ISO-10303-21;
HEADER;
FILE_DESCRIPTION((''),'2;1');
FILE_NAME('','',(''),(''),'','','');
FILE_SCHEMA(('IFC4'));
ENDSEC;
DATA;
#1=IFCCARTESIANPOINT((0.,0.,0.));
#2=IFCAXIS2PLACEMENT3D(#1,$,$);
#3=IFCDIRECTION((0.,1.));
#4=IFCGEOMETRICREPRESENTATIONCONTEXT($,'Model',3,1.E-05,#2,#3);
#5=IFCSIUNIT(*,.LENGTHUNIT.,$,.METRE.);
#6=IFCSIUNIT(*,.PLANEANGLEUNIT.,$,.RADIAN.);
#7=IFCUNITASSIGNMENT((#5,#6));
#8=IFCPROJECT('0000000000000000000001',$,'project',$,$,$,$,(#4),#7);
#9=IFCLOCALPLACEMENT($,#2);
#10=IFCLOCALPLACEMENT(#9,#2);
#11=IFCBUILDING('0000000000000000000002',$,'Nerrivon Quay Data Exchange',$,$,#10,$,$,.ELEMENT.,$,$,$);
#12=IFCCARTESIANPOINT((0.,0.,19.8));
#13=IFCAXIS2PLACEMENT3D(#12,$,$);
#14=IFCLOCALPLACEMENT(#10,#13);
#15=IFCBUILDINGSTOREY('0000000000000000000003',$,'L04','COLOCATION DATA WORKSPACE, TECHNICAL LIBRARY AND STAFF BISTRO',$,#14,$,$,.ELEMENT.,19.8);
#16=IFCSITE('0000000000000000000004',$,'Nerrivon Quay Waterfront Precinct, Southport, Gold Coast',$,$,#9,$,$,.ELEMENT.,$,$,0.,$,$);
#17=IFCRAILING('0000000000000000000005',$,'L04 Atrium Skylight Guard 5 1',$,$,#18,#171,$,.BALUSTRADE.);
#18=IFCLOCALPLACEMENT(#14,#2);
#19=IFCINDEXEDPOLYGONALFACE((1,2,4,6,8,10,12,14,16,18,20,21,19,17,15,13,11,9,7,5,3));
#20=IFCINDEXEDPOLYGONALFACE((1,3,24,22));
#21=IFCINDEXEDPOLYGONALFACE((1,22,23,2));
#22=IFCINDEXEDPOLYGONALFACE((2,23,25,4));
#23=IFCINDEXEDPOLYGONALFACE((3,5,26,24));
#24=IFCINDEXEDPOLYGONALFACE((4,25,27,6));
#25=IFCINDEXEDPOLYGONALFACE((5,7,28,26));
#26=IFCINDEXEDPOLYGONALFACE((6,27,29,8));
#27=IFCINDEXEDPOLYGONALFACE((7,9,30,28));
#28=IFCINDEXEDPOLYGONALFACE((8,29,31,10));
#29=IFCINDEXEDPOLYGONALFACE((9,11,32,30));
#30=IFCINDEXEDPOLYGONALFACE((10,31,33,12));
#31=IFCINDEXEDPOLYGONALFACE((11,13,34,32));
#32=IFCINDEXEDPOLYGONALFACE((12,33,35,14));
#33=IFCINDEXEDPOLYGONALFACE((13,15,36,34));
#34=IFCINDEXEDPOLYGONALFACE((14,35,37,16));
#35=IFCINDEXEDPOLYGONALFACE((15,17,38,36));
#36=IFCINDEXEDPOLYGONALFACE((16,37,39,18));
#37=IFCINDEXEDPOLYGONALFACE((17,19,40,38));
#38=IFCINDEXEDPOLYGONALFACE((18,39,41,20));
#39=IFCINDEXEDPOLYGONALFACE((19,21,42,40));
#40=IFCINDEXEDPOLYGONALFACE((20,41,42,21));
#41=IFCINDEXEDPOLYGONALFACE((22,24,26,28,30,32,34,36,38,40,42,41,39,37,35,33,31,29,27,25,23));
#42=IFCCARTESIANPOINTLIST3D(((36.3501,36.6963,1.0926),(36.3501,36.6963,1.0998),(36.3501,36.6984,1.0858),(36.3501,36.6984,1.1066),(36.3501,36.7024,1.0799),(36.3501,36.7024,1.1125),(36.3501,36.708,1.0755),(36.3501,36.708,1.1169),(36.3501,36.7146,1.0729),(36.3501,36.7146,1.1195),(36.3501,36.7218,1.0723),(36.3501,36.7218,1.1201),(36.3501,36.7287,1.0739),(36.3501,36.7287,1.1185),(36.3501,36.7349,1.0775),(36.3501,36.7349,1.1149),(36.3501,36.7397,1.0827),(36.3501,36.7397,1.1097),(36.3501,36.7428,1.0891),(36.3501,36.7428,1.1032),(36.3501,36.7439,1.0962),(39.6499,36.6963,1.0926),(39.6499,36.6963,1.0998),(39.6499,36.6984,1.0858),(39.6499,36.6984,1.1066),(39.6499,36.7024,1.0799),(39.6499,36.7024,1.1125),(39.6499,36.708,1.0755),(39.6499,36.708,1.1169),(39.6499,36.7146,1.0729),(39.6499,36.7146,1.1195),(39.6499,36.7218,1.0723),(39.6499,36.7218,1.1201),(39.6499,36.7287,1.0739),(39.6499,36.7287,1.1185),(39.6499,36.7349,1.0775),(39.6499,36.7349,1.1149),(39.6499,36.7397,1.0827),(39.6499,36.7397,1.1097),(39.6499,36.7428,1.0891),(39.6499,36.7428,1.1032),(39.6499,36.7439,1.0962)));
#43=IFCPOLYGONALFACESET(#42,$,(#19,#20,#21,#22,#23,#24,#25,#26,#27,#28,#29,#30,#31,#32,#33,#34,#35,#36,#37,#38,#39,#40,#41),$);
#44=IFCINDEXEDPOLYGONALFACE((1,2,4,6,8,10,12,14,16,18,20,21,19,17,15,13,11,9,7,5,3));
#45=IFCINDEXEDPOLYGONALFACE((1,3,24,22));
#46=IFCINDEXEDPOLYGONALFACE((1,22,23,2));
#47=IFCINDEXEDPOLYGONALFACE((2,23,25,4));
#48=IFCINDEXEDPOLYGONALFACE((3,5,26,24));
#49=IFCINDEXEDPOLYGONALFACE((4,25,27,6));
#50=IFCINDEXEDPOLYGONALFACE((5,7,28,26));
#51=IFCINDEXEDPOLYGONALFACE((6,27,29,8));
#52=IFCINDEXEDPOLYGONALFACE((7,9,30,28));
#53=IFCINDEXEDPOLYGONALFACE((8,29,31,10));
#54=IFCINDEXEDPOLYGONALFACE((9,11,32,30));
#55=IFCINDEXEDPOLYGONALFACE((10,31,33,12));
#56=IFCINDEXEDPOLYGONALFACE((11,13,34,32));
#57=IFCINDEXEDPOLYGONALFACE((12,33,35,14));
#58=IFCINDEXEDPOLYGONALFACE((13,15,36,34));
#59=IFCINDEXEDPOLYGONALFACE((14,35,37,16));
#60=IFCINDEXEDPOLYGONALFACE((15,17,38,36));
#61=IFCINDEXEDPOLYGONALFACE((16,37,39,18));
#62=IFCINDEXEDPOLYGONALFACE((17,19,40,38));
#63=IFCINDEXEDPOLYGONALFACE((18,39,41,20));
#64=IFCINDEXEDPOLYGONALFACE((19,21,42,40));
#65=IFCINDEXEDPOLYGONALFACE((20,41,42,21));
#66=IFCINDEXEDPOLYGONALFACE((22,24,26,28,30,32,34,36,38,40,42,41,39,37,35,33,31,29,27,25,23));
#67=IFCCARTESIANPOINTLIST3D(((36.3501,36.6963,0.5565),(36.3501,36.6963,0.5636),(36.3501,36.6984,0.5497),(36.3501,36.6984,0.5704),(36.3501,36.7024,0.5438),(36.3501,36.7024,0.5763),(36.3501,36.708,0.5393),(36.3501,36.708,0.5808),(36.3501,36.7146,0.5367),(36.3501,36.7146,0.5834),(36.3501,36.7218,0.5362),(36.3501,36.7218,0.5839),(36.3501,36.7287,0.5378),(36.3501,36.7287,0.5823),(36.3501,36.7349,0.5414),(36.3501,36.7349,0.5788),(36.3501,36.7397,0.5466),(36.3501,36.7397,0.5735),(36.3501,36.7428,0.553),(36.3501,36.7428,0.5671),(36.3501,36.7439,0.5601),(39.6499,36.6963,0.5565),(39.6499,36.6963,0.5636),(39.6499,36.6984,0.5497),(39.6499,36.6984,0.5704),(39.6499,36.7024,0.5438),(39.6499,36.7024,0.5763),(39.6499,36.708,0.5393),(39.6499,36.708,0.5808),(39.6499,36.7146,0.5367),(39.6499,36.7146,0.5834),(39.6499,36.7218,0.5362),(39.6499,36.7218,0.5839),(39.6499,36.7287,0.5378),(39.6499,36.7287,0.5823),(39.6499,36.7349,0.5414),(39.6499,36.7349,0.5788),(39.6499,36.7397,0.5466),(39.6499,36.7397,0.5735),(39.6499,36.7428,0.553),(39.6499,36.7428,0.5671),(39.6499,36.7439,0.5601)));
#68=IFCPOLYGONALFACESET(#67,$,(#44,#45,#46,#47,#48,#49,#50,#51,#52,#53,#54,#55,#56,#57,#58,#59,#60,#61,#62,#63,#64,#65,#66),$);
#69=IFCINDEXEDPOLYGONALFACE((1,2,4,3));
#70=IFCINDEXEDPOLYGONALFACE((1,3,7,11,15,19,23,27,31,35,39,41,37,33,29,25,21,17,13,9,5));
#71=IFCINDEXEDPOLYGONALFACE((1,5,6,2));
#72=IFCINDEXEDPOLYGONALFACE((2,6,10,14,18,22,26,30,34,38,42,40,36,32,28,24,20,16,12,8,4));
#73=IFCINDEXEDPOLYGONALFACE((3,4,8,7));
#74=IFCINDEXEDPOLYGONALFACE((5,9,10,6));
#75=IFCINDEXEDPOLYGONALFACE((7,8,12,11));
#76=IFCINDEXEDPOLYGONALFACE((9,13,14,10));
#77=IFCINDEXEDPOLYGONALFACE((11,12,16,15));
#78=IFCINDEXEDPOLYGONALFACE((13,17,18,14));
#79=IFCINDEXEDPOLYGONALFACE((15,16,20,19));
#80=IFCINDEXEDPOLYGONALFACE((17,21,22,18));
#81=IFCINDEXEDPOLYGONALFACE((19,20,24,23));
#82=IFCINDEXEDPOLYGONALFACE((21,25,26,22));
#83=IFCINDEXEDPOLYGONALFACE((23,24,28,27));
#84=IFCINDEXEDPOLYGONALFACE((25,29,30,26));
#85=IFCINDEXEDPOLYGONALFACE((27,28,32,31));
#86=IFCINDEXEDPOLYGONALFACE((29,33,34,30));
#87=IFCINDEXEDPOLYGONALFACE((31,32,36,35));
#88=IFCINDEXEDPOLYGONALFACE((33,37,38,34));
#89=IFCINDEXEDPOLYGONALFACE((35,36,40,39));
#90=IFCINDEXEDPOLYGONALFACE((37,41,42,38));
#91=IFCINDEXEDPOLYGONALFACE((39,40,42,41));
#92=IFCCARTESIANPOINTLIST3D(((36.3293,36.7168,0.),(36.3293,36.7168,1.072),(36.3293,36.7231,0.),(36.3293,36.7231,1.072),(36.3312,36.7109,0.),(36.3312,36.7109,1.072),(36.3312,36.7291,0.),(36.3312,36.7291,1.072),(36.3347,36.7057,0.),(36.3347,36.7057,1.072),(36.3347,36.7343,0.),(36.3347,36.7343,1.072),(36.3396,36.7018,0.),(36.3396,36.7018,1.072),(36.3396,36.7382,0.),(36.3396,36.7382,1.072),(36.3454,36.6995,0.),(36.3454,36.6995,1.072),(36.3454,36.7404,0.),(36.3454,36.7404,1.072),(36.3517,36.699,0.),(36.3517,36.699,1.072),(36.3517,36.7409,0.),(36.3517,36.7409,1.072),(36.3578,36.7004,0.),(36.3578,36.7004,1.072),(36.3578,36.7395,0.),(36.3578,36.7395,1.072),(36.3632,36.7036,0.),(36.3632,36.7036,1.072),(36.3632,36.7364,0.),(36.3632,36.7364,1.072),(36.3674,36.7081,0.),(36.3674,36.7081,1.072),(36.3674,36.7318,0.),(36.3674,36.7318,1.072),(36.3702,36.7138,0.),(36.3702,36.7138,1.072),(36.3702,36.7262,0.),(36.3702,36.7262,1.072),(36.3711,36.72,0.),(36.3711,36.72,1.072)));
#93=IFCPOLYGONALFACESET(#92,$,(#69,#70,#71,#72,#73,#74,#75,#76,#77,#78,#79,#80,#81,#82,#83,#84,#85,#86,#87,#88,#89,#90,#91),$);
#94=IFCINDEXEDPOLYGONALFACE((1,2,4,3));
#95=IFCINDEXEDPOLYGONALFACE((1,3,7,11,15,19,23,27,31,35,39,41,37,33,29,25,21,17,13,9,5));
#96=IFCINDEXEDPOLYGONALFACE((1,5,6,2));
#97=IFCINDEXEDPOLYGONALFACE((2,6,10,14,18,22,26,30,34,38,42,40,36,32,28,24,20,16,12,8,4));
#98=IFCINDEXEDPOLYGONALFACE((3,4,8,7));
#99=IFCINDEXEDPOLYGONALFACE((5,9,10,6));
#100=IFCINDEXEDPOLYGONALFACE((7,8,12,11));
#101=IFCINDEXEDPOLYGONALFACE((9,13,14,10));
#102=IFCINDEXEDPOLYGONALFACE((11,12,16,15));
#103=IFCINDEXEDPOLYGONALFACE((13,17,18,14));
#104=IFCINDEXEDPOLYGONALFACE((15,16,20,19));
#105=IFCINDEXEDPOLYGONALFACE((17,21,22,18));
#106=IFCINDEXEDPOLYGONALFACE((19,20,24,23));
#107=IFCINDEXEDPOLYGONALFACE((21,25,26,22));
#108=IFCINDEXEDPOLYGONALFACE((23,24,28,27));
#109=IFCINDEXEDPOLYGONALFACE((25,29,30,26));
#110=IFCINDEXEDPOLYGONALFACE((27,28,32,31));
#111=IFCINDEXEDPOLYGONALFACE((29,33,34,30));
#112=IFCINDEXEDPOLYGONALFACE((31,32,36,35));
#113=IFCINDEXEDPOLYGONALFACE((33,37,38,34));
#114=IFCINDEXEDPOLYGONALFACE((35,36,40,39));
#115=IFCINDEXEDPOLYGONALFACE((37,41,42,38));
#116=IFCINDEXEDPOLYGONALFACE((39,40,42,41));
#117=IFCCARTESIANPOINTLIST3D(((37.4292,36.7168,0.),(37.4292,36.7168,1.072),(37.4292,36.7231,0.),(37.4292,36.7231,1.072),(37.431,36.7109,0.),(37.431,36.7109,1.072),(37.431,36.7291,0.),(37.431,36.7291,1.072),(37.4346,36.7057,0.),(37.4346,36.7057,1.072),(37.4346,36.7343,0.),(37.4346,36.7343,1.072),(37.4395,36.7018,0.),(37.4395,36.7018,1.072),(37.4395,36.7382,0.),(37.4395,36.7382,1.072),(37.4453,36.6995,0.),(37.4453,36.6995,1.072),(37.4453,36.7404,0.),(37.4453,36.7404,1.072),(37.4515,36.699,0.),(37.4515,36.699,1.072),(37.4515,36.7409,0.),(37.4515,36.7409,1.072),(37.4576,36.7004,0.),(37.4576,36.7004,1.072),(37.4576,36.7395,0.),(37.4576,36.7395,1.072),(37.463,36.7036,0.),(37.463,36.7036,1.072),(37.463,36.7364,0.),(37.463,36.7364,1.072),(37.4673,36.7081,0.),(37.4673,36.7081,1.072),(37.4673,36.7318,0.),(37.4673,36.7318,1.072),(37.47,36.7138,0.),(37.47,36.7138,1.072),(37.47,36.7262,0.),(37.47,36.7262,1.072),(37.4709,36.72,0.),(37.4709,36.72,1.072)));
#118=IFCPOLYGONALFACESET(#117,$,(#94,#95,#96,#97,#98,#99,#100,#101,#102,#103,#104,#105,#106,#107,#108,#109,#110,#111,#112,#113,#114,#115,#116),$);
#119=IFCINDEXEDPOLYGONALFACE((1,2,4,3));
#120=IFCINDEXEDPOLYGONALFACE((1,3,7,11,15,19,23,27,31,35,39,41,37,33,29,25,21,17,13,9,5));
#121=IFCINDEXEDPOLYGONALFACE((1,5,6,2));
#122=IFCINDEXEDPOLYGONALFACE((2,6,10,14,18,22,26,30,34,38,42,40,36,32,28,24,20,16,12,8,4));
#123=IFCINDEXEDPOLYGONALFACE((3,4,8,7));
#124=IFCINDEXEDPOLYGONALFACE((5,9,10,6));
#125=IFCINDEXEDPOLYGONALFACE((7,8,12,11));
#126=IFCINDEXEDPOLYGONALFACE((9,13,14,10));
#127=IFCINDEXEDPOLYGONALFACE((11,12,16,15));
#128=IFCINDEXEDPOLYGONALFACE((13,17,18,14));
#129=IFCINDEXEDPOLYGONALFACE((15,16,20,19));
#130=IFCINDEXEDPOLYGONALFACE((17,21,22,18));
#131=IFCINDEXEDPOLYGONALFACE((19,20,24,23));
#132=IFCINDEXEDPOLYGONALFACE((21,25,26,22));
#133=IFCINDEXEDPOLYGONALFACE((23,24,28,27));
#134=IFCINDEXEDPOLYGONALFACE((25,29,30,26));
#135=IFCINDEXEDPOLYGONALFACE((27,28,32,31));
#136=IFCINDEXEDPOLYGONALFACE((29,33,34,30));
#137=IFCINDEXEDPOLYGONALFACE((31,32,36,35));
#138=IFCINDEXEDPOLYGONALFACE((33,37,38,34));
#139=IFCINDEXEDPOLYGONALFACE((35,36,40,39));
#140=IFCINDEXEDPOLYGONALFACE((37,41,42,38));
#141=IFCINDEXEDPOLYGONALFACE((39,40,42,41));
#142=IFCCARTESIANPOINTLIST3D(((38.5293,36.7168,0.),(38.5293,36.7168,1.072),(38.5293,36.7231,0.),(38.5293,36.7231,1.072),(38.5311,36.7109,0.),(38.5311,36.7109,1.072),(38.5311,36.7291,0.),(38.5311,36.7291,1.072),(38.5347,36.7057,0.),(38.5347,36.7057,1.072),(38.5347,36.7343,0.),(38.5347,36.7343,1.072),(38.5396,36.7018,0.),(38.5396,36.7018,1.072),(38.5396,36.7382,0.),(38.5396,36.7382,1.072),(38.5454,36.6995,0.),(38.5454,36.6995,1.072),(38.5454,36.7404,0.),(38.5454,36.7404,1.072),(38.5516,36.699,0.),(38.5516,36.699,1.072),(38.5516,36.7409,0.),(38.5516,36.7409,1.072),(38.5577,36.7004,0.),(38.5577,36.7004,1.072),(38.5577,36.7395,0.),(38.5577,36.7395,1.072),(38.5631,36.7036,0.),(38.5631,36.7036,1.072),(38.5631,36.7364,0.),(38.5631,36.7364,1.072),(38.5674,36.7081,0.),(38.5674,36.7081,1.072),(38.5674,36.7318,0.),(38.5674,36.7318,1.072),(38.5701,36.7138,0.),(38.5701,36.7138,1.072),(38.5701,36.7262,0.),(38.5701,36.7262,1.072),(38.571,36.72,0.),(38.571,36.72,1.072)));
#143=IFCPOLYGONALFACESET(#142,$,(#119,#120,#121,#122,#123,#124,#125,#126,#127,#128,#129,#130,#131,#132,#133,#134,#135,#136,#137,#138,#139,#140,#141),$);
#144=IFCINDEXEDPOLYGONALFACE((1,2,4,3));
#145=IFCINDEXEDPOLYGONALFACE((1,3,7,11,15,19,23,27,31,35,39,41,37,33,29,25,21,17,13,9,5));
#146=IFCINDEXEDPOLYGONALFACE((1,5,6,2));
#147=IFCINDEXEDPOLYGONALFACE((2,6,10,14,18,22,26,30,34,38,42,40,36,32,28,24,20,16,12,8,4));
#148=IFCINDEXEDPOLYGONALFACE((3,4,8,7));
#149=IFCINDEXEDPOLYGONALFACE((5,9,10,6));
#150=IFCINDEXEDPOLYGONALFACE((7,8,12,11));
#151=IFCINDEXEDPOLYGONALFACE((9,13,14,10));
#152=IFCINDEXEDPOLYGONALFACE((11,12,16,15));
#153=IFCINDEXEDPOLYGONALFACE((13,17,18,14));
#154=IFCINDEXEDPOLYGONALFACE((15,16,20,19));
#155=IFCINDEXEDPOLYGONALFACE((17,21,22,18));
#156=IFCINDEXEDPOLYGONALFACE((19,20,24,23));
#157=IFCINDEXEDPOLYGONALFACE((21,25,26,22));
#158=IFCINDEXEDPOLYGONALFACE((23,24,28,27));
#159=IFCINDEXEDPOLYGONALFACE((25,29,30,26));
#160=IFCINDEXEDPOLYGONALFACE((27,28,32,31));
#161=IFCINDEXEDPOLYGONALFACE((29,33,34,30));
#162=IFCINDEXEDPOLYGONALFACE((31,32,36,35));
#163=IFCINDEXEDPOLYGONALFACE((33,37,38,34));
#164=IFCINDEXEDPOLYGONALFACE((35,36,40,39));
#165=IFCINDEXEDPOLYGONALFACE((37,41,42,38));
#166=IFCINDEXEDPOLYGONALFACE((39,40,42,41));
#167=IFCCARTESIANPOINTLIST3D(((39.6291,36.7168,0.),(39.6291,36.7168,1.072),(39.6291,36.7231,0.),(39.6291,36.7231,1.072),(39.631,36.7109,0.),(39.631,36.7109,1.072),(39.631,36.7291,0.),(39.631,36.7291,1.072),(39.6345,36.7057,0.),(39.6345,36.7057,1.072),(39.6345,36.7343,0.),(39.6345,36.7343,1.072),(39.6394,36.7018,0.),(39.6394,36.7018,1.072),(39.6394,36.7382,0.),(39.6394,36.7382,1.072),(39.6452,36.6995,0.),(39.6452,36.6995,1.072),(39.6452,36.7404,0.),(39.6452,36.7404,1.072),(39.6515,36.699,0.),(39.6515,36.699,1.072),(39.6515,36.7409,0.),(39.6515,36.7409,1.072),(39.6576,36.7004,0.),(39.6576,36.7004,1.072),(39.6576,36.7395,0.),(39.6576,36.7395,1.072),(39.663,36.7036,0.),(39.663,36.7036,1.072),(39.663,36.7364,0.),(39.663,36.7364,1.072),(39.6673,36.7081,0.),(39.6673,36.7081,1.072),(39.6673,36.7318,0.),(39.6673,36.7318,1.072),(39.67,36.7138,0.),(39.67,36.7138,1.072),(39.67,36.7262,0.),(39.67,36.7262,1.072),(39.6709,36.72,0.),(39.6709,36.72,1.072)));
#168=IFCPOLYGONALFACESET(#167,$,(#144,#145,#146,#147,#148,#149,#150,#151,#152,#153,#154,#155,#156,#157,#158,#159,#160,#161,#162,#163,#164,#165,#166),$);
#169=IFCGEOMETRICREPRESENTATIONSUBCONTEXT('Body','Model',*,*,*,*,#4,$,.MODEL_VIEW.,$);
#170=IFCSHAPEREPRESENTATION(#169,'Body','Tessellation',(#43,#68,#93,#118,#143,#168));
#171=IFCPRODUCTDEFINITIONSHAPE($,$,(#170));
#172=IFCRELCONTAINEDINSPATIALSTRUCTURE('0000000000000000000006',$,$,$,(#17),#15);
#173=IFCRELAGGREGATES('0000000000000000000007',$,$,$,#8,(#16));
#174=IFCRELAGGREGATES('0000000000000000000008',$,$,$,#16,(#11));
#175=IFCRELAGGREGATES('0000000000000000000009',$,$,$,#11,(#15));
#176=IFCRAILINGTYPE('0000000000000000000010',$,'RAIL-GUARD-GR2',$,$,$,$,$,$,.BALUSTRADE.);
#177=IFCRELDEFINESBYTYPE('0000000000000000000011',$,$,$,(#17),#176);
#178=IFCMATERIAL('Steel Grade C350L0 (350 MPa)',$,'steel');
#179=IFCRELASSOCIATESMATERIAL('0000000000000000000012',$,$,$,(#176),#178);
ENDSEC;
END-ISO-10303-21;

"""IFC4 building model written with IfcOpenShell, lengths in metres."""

from ifc_helpers import new_model, si_unit, direction, frame, origin, origin_2d, place, context, subcontext, project, spatial, circle, extrude, material, type_object, element, save


model = new_model("IFC4")

# Units and contexts
model_context = context("Model", 3, precision=1e-05, world=origin(), true_north=direction((0.0, 1.0)))
body_context = subcontext(model_context, "Body", "Model", "MODEL_VIEW")
ifc_project = project(units=[si_unit("LENGTHUNIT", "METRE"), si_unit("PLANEANGLEUNIT", "RADIAN")], contexts=[model_context])

# Site, building, storey
site_placement = place(None, origin())
site = spatial("IfcSite", under=ifc_project, at=site_placement, Name="Nerrivon Quay Waterfront Precinct, Southport, Gold Coast", CompositionType="ELEMENT", RefElevation=0.0)
building_placement = place(site_placement, origin())
building = spatial("IfcBuilding", under=site, at=building_placement, Name="Nerrivon Quay Data Exchange", CompositionType="ELEMENT")
storey_placement = place(building_placement, frame((0.0, 0.0, 19.8)))
storey = spatial("IfcBuildingStorey", under=building, at=storey_placement, Name="L04", Description="COLOCATION DATA WORKSPACE, TECHNICAL LIBRARY AND STAFF BISTRO", CompositionType="ELEMENT", Elevation=19.8)

# Railing
ifc_material_1 = material(Name="Steel Grade C350L0 (350 MPa)", Category="steel")
railing_type = type_object("IfcRailingType", Name="RAIL-GUARD-GR2", PredefinedType="BALUSTRADE", material=ifc_material_1)
railing_1_placement = place(storey_placement, frame((36.3501, 36.72, 0.0)))
element("IfcRailing", 1, at=railing_1_placement, inside=storey, type_object=railing_type, Name="L04 Atrium Skylight Guard 5 1", PredefinedType="BALUSTRADE", context=body_context, shape_type="SweptSolid", body=[
    extrude(circle(Radius=0.0239, at=origin_2d()), frame((0.0, 0.0, 1.0962), z_axis=(1.0, 0.0, 0.0), x_axis=(0.0, 1.0, 0.0)), (0.0, 0.0, 1.0), 3.2998),
    extrude(circle(Radius=0.0239, at=origin_2d()), frame((0.0, 0.0, 0.5601), z_axis=(1.0, 0.0, 0.0), x_axis=(0.0, 1.0, 0.0)), (0.0, 0.0, 1.0), 3.2998),
    extrude(circle(Radius=0.021, at=origin_2d()), origin(), (0.0, 0.0, 1.0), 1.072),
    extrude(circle(Radius=0.021, at=origin_2d()), frame((1.0999, 0.0, 0.0)), (0.0, 0.0, 1.0), 1.072),
    extrude(circle(Radius=0.021, at=origin_2d()), frame((2.2, 0.0, 0.0)), (0.0, 0.0, 1.0), 1.072),
    extrude(circle(Radius=0.021, at=origin_2d()), frame((3.2998, 0.0, 0.0)), (0.0, 0.0, 1.0), 1.072),
])

save(model, "model.ifc")
